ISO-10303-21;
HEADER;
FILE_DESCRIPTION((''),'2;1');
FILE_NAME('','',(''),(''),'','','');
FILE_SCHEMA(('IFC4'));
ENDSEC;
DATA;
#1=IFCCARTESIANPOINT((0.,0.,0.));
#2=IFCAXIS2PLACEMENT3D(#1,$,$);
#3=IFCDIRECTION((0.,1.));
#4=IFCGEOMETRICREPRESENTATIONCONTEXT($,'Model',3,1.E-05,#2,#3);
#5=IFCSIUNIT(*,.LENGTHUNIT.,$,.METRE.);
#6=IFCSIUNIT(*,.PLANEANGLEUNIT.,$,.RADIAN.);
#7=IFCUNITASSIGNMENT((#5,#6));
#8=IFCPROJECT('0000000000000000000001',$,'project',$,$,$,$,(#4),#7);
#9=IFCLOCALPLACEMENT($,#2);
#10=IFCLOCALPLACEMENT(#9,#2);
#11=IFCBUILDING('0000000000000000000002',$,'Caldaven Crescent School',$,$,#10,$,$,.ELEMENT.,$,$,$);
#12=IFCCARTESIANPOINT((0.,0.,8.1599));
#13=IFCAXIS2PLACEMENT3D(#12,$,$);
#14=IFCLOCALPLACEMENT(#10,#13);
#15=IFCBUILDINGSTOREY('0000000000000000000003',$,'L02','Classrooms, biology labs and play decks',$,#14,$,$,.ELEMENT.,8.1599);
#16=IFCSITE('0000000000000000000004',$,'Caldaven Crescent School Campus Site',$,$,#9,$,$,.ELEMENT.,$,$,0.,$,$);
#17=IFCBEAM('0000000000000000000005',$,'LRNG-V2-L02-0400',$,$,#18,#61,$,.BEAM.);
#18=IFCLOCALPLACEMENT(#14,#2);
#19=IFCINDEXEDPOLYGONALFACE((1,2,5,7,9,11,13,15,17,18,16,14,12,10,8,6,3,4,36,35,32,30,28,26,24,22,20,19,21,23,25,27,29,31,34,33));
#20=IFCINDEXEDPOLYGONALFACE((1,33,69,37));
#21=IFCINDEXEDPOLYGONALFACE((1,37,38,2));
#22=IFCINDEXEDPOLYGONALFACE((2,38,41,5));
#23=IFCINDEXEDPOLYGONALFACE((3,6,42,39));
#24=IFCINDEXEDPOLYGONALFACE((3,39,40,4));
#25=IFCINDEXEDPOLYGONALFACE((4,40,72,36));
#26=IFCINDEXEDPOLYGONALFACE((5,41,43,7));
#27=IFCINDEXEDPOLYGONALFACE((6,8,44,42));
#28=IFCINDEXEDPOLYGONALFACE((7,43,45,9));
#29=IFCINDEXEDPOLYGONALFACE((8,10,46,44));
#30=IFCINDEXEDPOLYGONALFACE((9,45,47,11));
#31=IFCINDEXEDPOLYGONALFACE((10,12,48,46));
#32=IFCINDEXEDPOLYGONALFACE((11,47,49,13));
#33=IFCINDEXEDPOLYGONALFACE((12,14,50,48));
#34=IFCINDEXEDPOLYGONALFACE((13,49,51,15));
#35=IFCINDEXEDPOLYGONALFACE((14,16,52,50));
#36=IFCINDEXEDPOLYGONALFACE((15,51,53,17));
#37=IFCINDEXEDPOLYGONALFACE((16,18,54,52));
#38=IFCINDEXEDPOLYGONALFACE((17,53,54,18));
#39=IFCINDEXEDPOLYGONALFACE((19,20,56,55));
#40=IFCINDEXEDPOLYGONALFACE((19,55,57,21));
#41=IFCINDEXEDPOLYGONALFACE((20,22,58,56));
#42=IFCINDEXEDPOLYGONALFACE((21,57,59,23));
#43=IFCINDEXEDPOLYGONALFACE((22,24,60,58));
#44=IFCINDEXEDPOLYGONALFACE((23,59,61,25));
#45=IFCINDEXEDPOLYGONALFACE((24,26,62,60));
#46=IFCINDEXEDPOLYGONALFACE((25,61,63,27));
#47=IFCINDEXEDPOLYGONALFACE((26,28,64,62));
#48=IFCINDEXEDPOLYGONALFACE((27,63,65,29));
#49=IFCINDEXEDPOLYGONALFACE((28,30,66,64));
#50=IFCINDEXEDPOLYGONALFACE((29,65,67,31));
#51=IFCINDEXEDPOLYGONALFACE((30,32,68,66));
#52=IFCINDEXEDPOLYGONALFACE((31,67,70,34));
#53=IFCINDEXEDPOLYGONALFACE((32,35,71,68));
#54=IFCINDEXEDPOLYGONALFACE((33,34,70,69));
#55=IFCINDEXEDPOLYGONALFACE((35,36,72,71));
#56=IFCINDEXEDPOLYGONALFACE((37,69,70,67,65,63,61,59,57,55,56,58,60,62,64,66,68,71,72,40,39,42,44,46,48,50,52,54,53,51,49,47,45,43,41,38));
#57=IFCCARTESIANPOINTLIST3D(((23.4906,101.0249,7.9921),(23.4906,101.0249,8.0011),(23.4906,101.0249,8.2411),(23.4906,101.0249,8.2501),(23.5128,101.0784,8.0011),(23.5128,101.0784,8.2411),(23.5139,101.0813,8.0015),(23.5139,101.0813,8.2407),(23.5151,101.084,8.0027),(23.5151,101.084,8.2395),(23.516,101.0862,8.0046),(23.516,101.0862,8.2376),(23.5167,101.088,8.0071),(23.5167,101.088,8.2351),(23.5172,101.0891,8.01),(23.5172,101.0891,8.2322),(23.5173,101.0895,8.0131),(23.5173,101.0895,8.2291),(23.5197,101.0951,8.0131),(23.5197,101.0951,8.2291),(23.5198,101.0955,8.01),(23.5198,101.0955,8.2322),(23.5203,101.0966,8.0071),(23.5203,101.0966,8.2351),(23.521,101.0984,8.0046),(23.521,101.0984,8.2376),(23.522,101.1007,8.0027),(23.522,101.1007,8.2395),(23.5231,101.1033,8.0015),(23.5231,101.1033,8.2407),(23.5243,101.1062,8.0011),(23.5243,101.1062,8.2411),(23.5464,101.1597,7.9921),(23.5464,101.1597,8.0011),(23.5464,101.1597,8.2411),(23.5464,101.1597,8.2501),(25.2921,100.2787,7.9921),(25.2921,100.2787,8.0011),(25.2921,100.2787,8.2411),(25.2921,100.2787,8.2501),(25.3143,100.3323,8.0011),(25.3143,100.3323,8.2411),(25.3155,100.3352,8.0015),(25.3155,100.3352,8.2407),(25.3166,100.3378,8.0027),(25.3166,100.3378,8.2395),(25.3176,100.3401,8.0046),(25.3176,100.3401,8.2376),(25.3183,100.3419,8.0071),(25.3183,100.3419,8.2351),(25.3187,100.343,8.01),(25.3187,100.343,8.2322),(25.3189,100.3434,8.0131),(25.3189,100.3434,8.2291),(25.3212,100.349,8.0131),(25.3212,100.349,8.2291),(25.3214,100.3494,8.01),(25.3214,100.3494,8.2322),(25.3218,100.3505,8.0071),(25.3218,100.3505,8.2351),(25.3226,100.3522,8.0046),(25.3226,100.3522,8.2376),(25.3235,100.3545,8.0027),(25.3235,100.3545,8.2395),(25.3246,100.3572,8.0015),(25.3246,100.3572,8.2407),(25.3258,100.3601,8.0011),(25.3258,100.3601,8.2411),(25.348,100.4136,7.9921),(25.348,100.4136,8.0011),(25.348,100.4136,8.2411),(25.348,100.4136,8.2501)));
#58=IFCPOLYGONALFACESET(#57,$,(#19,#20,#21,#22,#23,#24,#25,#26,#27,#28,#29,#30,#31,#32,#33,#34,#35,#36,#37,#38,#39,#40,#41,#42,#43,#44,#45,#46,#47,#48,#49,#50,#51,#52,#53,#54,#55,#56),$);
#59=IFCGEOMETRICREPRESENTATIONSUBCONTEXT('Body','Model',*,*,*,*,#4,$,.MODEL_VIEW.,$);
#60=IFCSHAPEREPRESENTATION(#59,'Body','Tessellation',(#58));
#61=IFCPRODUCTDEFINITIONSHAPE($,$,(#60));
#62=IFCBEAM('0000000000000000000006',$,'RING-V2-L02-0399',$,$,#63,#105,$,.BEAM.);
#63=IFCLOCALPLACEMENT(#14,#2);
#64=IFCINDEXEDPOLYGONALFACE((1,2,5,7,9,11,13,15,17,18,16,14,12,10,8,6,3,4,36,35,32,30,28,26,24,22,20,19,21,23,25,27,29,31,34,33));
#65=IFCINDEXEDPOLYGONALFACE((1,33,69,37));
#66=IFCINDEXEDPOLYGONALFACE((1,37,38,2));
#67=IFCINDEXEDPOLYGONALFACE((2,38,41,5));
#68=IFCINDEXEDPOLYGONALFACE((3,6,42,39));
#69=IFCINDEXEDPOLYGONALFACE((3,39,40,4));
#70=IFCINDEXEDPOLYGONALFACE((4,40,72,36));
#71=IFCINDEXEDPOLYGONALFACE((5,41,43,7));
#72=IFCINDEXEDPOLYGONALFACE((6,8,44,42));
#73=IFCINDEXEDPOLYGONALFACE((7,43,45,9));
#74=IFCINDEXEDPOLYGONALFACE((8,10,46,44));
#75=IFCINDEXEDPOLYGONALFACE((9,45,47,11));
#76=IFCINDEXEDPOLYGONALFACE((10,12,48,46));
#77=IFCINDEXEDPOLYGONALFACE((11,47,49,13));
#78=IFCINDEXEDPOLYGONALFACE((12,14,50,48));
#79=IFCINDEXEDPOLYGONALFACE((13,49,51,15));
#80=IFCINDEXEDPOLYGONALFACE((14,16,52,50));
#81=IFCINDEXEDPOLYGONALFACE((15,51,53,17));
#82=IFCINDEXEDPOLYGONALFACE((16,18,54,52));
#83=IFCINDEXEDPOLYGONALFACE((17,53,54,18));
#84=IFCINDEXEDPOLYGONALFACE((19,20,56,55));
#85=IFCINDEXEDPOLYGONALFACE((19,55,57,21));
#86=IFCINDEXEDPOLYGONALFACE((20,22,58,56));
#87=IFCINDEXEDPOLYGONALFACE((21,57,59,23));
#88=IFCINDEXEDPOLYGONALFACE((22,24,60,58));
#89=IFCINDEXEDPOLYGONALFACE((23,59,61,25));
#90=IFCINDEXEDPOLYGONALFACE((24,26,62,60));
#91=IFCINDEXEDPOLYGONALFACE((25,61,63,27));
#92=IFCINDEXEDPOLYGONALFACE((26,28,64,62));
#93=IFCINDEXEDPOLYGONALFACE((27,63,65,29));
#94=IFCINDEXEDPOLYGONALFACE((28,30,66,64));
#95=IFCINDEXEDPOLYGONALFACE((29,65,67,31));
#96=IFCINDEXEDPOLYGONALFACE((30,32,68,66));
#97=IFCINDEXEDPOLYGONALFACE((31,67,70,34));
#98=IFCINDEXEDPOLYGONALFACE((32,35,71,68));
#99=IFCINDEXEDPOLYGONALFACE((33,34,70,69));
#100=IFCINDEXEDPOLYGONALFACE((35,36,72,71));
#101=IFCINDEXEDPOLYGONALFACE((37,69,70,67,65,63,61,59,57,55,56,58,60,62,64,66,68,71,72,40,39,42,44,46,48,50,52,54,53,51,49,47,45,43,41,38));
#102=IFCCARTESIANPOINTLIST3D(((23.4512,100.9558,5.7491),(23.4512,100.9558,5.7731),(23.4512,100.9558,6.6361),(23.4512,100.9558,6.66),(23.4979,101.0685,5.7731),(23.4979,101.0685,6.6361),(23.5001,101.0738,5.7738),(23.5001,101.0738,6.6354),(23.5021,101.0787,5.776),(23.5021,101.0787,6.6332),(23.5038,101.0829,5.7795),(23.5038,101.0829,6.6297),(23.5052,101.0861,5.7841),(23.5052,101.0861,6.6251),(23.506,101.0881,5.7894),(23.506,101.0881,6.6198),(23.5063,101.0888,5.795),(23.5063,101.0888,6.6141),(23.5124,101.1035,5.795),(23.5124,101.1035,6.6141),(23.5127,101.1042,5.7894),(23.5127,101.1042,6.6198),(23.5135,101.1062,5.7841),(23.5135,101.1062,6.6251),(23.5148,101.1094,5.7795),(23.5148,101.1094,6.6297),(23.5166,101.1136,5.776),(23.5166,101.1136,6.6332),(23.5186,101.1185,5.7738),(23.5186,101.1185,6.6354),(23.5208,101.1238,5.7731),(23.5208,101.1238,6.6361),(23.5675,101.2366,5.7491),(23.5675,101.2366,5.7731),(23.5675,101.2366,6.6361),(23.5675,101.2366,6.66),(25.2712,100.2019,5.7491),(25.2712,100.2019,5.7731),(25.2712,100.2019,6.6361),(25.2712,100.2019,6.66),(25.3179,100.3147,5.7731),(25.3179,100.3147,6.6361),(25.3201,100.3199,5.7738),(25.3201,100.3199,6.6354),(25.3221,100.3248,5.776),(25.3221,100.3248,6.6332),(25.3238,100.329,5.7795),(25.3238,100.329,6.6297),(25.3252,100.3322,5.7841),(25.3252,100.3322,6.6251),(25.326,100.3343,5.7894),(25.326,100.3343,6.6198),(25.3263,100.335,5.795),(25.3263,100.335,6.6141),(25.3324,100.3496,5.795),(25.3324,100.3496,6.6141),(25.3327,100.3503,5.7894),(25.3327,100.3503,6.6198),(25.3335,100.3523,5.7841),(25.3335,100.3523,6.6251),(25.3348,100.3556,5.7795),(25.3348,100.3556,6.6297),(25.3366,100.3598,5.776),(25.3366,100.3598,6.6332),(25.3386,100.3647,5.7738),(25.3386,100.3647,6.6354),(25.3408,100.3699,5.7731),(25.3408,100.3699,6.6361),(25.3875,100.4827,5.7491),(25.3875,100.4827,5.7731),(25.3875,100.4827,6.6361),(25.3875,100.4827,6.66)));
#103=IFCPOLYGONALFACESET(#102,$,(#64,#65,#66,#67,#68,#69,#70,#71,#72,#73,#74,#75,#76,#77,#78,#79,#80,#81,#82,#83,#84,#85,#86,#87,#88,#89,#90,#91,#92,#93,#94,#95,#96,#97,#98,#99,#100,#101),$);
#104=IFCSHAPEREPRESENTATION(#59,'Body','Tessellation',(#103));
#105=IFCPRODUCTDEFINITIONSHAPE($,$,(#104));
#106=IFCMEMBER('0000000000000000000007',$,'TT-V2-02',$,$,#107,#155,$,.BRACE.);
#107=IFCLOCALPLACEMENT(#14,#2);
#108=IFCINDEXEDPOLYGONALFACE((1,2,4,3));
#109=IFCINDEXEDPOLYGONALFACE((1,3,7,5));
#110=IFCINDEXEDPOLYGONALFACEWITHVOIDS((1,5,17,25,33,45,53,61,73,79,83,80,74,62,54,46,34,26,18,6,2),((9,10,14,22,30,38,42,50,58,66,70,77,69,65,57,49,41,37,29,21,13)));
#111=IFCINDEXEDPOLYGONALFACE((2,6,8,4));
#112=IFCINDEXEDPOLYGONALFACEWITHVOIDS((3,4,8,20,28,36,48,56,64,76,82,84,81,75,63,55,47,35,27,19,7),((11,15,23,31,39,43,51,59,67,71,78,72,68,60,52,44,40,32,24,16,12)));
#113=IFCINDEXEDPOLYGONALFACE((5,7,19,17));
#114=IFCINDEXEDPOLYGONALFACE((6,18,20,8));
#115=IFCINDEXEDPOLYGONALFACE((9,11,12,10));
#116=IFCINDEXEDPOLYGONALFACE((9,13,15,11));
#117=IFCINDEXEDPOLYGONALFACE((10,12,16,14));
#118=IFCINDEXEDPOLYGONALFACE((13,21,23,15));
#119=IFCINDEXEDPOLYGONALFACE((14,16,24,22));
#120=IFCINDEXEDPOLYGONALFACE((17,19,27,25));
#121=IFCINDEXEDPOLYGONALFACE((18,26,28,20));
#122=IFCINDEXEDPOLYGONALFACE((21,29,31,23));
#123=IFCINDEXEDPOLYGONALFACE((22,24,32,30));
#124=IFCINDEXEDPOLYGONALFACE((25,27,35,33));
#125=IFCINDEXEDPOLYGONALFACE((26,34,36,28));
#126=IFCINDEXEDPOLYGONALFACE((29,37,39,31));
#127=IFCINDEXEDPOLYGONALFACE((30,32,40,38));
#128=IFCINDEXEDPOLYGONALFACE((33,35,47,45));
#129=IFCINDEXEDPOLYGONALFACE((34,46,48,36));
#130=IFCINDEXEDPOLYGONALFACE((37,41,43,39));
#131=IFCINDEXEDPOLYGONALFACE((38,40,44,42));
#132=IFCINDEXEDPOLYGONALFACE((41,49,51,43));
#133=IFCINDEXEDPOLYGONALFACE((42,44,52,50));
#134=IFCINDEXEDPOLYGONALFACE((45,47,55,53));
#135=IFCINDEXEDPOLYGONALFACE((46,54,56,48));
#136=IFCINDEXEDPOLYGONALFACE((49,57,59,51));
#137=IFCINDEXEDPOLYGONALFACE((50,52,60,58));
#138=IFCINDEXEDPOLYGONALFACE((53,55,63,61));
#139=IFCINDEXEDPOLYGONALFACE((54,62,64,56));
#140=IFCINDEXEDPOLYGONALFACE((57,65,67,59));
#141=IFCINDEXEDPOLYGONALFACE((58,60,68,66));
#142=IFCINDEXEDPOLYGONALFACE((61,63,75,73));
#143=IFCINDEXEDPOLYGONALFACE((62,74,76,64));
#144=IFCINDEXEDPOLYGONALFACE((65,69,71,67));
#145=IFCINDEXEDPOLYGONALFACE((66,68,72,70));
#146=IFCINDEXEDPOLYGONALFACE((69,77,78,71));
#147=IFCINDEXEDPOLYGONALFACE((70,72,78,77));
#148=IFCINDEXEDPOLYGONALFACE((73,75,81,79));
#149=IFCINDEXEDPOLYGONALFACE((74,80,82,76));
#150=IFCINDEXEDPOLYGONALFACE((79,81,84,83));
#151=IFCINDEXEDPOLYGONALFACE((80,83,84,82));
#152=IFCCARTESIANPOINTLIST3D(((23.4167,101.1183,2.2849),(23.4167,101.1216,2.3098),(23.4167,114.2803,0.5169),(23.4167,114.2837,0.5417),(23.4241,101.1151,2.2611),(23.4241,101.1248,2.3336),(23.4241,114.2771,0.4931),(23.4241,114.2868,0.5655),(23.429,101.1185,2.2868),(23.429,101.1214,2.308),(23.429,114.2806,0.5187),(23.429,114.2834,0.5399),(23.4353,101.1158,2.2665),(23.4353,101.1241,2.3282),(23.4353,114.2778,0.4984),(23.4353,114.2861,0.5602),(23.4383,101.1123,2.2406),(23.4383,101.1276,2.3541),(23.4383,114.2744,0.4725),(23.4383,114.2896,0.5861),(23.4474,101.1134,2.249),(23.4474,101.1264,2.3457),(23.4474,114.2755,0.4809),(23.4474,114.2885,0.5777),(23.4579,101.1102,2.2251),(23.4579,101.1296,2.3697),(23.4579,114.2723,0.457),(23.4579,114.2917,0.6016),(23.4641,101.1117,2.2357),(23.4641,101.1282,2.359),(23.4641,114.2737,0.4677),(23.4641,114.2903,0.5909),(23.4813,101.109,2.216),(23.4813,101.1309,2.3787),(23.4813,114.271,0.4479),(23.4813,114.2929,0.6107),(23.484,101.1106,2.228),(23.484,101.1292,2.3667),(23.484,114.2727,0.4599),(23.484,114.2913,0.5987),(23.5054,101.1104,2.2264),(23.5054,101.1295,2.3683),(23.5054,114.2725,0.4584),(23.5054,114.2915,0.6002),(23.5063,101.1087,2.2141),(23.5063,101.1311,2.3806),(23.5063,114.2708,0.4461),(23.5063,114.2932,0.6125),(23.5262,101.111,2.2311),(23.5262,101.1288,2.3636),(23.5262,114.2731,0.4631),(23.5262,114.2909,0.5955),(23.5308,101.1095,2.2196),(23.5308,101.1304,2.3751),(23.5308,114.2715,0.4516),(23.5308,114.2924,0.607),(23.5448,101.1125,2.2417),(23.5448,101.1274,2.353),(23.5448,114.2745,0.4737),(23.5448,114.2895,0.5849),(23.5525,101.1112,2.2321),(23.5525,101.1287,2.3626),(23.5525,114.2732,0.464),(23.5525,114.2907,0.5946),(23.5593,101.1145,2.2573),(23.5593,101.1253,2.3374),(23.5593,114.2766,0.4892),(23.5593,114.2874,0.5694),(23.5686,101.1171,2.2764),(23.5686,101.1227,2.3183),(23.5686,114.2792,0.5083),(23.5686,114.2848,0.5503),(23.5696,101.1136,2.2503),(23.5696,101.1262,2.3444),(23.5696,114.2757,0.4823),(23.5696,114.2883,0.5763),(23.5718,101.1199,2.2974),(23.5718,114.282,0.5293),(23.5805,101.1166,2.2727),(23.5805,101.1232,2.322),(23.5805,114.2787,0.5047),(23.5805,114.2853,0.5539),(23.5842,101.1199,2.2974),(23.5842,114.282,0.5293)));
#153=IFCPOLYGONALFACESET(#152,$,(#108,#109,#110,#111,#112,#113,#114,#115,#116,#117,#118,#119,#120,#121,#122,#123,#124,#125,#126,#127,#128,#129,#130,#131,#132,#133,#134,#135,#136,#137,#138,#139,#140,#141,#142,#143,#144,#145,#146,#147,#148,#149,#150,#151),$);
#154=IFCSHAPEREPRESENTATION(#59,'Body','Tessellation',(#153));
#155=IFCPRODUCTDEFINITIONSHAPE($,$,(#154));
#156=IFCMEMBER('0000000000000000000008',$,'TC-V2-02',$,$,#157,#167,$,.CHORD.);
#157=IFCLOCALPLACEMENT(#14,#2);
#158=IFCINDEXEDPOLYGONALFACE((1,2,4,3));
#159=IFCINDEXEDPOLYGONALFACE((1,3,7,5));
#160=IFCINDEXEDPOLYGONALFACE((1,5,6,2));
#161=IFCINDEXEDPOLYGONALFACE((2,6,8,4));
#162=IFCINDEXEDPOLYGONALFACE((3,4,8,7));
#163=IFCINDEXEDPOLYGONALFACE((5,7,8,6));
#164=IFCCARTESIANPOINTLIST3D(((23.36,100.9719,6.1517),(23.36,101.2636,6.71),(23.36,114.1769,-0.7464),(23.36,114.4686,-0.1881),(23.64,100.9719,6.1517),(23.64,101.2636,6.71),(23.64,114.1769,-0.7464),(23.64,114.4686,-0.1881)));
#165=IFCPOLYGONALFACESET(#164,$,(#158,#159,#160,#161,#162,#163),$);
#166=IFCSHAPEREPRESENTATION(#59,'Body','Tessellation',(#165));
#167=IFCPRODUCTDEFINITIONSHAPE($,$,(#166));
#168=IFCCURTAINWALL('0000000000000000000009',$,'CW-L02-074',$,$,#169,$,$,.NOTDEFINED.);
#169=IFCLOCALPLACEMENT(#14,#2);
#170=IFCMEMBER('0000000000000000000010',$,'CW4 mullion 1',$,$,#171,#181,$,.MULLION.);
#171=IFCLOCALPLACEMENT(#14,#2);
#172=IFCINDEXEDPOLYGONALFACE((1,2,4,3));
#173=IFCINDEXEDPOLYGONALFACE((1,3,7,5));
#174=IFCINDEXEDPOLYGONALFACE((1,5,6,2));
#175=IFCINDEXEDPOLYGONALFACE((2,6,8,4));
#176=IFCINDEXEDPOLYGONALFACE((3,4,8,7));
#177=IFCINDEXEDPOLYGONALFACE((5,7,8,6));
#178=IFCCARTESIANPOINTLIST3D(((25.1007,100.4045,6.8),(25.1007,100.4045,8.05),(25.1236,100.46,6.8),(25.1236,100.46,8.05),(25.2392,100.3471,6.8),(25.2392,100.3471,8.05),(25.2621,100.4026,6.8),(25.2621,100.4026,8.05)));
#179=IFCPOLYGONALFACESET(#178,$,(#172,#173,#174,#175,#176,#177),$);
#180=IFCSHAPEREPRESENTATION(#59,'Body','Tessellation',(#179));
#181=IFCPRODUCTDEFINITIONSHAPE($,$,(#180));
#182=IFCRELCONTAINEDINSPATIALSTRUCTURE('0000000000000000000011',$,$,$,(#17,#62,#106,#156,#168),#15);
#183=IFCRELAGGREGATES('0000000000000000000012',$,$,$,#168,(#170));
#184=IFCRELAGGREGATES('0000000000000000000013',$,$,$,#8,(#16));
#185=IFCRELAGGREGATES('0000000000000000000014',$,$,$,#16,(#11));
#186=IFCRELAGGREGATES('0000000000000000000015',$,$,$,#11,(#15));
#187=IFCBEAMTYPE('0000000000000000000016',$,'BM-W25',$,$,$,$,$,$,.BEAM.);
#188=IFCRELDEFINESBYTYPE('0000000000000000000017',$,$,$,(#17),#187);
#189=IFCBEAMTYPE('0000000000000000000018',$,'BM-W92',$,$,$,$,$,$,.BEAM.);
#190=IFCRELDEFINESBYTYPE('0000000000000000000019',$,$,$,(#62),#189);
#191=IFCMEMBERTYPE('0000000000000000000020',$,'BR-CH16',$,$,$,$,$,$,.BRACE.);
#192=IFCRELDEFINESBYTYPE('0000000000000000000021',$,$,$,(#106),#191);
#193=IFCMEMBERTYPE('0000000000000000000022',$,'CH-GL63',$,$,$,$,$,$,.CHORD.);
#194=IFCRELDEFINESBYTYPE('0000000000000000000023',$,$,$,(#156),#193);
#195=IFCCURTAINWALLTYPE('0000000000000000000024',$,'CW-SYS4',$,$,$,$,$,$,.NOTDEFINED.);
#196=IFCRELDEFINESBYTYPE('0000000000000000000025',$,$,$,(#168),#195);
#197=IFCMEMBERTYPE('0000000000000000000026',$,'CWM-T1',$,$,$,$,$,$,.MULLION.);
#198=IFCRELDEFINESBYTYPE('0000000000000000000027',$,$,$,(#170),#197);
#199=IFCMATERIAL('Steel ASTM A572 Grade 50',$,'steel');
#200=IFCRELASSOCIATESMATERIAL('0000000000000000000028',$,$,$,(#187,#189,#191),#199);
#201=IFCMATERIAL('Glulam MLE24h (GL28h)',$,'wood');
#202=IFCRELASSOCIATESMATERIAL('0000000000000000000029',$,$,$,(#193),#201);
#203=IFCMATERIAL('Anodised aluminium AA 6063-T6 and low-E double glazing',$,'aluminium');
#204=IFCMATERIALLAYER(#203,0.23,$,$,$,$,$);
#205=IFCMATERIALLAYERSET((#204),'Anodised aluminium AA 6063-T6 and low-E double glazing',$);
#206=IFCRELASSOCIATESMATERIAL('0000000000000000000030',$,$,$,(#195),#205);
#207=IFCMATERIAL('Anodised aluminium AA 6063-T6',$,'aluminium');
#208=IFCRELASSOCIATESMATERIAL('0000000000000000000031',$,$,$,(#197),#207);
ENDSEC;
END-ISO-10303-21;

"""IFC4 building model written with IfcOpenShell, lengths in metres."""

from ifc_helpers import new_model, si_unit, direction, frame, origin, origin_2d, place, context, subcontext, project, spatial, rectangle, hollow_circle, i_section, extrude, material, layer, layer_set, material_profile, profile_set, type_object, element, aggregate, save


model = new_model("IFC4")

# Units and contexts
model_context = context("Model", 3, precision=1e-05, world=origin(), true_north=direction((0.0, 1.0)))
body_context = subcontext(model_context, "Body", "Model", "MODEL_VIEW")
ifc_project = project(units=[si_unit("LENGTHUNIT", "METRE"), si_unit("PLANEANGLEUNIT", "RADIAN")], contexts=[model_context])

# Site, building, storey
site_placement = place(None, origin())
site = spatial("IfcSite", under=ifc_project, at=site_placement, Name="Caldaven Crescent School Campus Site", CompositionType="ELEMENT", RefElevation=0.0)
building_placement = place(site_placement, origin())
building = spatial("IfcBuilding", under=site, at=building_placement, Name="Caldaven Crescent School", CompositionType="ELEMENT")
storey_placement = place(building_placement, frame((0.0, 0.0, 8.1599)))
storey = spatial("IfcBuildingStorey", under=building, at=storey_placement, Name="L02", Description="Classrooms, biology labs and play decks", CompositionType="ELEMENT", Elevation=8.1599)

# Shared definitions
ifc_material_1 = material(Name="Steel ASTM A572 Grade 50", Category="steel")

# Beams
ifc_material_2 = material(Name="Glulam MLE24h (GL28h)", Category="wood")
ifc_material_profile_1 = material_profile(ifc_material_1, i_section(OverallWidth=0.146, OverallDepth=0.2581, WebThickness=0.0061, FlangeThickness=0.009, FilletRadius=0.012, at=origin_2d()), Name="W250x33")
ifc_profile_set_1 = profile_set([ifc_material_profile_1], Name="Steel ASTM A572 Grade 50")
beam_type_1 = type_object("IfcBeamType", Name="BM-W25", PredefinedType="BEAM", material=ifc_profile_set_1)
beam_1_placement = place(storey_placement, frame((25.3201, 100.3462, 8.1211), z_axis=(-0.923901, 0.382632, 0.0), x_axis=(-0.382632, -0.923901, 0.0)))
element("IfcBeam", 1, at=beam_1_placement, inside=storey, type_object=beam_type_1, Name="LRNG-V2-L02-0400", PredefinedType="BEAM", context=body_context, shape_type="SweptSolid", body=[
    extrude(i_section(OverallWidth=0.146, OverallDepth=0.2581, WebThickness=0.0061, FlangeThickness=0.009, FilletRadius=0.012, at=origin_2d()), origin(), (0.0, 0.0, 1.0), 1.95),
])
ifc_material_profile_2 = material_profile(ifc_material_1, i_section(OverallWidth=0.304, OverallDepth=0.9109, WebThickness=0.0159, FlangeThickness=0.0239, FilletRadius=0.022, at=origin_2d()), Name="W920x223")
ifc_profile_set_2 = profile_set([ifc_material_profile_2], Name="Steel ASTM A572 Grade 50")
beam_type_2 = type_object("IfcBeamType", Name="BM-W92", PredefinedType="BEAM", material=ifc_profile_set_2)
beam_2_placement = place(storey_placement, frame((25.3293, 100.3423, 6.2046), z_axis=(-0.923878, 0.382687, 0.0), x_axis=(-0.382687, -0.923878, 0.0)))
element("IfcBeam", 2, at=beam_2_placement, inside=storey, type_object=beam_type_2, Name="RING-V2-L02-0399", PredefinedType="BEAM", context=body_context, shape_type="SweptSolid", body=[
    extrude(i_section(OverallWidth=0.304, OverallDepth=0.9109, WebThickness=0.0159, FlangeThickness=0.0239, FilletRadius=0.022, at=origin_2d()), origin(), (0.0, 0.0, 1.0), 1.97),
])

# Members
ifc_material_profile_3 = material_profile(ifc_material_1, hollow_circle(Radius=0.0842, WallThickness=0.0125, at=origin_2d()), Name="CHS 168.3x12.5")
ifc_profile_set_3 = profile_set([ifc_material_profile_3], Name="Steel ASTM A572 Grade 50")
member_type_1 = type_object("IfcMemberType", Name="BR-CH16", PredefinedType="BRACE", material=ifc_profile_set_3)
member_1_placement = place(storey_placement, frame((23.5, 114.282, 0.5293), z_axis=(0.0, -0.991098, 0.133134), x_axis=(1.0, 0.0, 0.0)))
element("IfcMember", 3, at=member_1_placement, inside=storey, type_object=member_type_1, Name="TT-V2-02", PredefinedType="BRACE", context=body_context, shape_type="SweptSolid", body=[
    extrude(hollow_circle(Radius=0.0842, WallThickness=0.0125, at=origin_2d()), origin(), (0.0, 0.0, 1.0), 13.2803),
])
ifc_material_profile_4 = material_profile(ifc_material_2, rectangle(XDim=0.28, YDim=0.6299, at=origin_2d()), Name="MLE 280x630")
ifc_profile_set_4 = profile_set([ifc_material_profile_4], Name="Glulam MLE24h (GL28h)")
member_type_2 = type_object("IfcMemberType", Name="CH-GL63", PredefinedType="CHORD", material=ifc_profile_set_4)
member_2_placement = place(storey_placement, frame((23.5, 114.3228, -0.4673), z_axis=(0.0, -0.886348, 0.463019), x_axis=(1.0, 0.0, 0.0)))
element("IfcMember", 4, at=member_2_placement, inside=storey, type_object=member_type_2, Name="TC-V2-02", PredefinedType="CHORD", context=body_context, shape_type="SweptSolid", body=[
    extrude(rectangle(XDim=0.28, YDim=0.6299, at=origin_2d()), origin(), (0.0, 0.0, 1.0), 14.8982),
])

# Curtain wall, member
ifc_material_3 = material(Name="Anodised aluminium AA 6063-T6 and low-E double glazing", Category="aluminium")
ifc_layer_1 = layer(ifc_material_3, 0.23)
ifc_layer_set_1 = layer_set([ifc_layer_1], Name="Anodised aluminium AA 6063-T6 and low-E double glazing")
curtain_wall_type_1 = type_object("IfcCurtainWallType", Name="CW-SYS4", PredefinedType="NOTDEFINED", material=ifc_layer_set_1)
curtain_wall_1_placement = place(storey_placement, origin())
curtain_wall_1 = element("IfcCurtainWall", 5, at=curtain_wall_1_placement, inside=storey, type_object=curtain_wall_type_1, Name="CW-L02-074", PredefinedType="NOTDEFINED")
ifc_material_4 = material(Name="Anodised aluminium AA 6063-T6", Category="aluminium")
ifc_material_profile_5 = material_profile(ifc_material_4, rectangle(XDim=0.0601, YDim=0.1499, at=origin_2d()), Name="CWM 60x150")
ifc_profile_set_5 = profile_set([ifc_material_profile_5], Name="Anodised aluminium AA 6063-T6")
member_type_3 = type_object("IfcMemberType", Name="CWM-T1", PredefinedType="MULLION", material=ifc_profile_set_5)
member_3_placement = place(storey_placement, frame((25.1814, 100.4036, 6.8), z_axis=(0.0, 0.0, 1.0), x_axis=(-0.382683, -0.92388, 0.0)))
member_3 = element("IfcMember", 6, at=member_3_placement, type_object=member_type_3, Name="CW4 mullion 1", PredefinedType="MULLION", context=body_context, shape_type="SweptSolid", body=[
    extrude(rectangle(XDim=0.0601, YDim=0.1499, at=origin_2d()), origin(), (0.0, 0.0, 1.0), 1.25),
])

aggregate(curtain_wall_1, [member_3])

save(model, "model.ifc")
